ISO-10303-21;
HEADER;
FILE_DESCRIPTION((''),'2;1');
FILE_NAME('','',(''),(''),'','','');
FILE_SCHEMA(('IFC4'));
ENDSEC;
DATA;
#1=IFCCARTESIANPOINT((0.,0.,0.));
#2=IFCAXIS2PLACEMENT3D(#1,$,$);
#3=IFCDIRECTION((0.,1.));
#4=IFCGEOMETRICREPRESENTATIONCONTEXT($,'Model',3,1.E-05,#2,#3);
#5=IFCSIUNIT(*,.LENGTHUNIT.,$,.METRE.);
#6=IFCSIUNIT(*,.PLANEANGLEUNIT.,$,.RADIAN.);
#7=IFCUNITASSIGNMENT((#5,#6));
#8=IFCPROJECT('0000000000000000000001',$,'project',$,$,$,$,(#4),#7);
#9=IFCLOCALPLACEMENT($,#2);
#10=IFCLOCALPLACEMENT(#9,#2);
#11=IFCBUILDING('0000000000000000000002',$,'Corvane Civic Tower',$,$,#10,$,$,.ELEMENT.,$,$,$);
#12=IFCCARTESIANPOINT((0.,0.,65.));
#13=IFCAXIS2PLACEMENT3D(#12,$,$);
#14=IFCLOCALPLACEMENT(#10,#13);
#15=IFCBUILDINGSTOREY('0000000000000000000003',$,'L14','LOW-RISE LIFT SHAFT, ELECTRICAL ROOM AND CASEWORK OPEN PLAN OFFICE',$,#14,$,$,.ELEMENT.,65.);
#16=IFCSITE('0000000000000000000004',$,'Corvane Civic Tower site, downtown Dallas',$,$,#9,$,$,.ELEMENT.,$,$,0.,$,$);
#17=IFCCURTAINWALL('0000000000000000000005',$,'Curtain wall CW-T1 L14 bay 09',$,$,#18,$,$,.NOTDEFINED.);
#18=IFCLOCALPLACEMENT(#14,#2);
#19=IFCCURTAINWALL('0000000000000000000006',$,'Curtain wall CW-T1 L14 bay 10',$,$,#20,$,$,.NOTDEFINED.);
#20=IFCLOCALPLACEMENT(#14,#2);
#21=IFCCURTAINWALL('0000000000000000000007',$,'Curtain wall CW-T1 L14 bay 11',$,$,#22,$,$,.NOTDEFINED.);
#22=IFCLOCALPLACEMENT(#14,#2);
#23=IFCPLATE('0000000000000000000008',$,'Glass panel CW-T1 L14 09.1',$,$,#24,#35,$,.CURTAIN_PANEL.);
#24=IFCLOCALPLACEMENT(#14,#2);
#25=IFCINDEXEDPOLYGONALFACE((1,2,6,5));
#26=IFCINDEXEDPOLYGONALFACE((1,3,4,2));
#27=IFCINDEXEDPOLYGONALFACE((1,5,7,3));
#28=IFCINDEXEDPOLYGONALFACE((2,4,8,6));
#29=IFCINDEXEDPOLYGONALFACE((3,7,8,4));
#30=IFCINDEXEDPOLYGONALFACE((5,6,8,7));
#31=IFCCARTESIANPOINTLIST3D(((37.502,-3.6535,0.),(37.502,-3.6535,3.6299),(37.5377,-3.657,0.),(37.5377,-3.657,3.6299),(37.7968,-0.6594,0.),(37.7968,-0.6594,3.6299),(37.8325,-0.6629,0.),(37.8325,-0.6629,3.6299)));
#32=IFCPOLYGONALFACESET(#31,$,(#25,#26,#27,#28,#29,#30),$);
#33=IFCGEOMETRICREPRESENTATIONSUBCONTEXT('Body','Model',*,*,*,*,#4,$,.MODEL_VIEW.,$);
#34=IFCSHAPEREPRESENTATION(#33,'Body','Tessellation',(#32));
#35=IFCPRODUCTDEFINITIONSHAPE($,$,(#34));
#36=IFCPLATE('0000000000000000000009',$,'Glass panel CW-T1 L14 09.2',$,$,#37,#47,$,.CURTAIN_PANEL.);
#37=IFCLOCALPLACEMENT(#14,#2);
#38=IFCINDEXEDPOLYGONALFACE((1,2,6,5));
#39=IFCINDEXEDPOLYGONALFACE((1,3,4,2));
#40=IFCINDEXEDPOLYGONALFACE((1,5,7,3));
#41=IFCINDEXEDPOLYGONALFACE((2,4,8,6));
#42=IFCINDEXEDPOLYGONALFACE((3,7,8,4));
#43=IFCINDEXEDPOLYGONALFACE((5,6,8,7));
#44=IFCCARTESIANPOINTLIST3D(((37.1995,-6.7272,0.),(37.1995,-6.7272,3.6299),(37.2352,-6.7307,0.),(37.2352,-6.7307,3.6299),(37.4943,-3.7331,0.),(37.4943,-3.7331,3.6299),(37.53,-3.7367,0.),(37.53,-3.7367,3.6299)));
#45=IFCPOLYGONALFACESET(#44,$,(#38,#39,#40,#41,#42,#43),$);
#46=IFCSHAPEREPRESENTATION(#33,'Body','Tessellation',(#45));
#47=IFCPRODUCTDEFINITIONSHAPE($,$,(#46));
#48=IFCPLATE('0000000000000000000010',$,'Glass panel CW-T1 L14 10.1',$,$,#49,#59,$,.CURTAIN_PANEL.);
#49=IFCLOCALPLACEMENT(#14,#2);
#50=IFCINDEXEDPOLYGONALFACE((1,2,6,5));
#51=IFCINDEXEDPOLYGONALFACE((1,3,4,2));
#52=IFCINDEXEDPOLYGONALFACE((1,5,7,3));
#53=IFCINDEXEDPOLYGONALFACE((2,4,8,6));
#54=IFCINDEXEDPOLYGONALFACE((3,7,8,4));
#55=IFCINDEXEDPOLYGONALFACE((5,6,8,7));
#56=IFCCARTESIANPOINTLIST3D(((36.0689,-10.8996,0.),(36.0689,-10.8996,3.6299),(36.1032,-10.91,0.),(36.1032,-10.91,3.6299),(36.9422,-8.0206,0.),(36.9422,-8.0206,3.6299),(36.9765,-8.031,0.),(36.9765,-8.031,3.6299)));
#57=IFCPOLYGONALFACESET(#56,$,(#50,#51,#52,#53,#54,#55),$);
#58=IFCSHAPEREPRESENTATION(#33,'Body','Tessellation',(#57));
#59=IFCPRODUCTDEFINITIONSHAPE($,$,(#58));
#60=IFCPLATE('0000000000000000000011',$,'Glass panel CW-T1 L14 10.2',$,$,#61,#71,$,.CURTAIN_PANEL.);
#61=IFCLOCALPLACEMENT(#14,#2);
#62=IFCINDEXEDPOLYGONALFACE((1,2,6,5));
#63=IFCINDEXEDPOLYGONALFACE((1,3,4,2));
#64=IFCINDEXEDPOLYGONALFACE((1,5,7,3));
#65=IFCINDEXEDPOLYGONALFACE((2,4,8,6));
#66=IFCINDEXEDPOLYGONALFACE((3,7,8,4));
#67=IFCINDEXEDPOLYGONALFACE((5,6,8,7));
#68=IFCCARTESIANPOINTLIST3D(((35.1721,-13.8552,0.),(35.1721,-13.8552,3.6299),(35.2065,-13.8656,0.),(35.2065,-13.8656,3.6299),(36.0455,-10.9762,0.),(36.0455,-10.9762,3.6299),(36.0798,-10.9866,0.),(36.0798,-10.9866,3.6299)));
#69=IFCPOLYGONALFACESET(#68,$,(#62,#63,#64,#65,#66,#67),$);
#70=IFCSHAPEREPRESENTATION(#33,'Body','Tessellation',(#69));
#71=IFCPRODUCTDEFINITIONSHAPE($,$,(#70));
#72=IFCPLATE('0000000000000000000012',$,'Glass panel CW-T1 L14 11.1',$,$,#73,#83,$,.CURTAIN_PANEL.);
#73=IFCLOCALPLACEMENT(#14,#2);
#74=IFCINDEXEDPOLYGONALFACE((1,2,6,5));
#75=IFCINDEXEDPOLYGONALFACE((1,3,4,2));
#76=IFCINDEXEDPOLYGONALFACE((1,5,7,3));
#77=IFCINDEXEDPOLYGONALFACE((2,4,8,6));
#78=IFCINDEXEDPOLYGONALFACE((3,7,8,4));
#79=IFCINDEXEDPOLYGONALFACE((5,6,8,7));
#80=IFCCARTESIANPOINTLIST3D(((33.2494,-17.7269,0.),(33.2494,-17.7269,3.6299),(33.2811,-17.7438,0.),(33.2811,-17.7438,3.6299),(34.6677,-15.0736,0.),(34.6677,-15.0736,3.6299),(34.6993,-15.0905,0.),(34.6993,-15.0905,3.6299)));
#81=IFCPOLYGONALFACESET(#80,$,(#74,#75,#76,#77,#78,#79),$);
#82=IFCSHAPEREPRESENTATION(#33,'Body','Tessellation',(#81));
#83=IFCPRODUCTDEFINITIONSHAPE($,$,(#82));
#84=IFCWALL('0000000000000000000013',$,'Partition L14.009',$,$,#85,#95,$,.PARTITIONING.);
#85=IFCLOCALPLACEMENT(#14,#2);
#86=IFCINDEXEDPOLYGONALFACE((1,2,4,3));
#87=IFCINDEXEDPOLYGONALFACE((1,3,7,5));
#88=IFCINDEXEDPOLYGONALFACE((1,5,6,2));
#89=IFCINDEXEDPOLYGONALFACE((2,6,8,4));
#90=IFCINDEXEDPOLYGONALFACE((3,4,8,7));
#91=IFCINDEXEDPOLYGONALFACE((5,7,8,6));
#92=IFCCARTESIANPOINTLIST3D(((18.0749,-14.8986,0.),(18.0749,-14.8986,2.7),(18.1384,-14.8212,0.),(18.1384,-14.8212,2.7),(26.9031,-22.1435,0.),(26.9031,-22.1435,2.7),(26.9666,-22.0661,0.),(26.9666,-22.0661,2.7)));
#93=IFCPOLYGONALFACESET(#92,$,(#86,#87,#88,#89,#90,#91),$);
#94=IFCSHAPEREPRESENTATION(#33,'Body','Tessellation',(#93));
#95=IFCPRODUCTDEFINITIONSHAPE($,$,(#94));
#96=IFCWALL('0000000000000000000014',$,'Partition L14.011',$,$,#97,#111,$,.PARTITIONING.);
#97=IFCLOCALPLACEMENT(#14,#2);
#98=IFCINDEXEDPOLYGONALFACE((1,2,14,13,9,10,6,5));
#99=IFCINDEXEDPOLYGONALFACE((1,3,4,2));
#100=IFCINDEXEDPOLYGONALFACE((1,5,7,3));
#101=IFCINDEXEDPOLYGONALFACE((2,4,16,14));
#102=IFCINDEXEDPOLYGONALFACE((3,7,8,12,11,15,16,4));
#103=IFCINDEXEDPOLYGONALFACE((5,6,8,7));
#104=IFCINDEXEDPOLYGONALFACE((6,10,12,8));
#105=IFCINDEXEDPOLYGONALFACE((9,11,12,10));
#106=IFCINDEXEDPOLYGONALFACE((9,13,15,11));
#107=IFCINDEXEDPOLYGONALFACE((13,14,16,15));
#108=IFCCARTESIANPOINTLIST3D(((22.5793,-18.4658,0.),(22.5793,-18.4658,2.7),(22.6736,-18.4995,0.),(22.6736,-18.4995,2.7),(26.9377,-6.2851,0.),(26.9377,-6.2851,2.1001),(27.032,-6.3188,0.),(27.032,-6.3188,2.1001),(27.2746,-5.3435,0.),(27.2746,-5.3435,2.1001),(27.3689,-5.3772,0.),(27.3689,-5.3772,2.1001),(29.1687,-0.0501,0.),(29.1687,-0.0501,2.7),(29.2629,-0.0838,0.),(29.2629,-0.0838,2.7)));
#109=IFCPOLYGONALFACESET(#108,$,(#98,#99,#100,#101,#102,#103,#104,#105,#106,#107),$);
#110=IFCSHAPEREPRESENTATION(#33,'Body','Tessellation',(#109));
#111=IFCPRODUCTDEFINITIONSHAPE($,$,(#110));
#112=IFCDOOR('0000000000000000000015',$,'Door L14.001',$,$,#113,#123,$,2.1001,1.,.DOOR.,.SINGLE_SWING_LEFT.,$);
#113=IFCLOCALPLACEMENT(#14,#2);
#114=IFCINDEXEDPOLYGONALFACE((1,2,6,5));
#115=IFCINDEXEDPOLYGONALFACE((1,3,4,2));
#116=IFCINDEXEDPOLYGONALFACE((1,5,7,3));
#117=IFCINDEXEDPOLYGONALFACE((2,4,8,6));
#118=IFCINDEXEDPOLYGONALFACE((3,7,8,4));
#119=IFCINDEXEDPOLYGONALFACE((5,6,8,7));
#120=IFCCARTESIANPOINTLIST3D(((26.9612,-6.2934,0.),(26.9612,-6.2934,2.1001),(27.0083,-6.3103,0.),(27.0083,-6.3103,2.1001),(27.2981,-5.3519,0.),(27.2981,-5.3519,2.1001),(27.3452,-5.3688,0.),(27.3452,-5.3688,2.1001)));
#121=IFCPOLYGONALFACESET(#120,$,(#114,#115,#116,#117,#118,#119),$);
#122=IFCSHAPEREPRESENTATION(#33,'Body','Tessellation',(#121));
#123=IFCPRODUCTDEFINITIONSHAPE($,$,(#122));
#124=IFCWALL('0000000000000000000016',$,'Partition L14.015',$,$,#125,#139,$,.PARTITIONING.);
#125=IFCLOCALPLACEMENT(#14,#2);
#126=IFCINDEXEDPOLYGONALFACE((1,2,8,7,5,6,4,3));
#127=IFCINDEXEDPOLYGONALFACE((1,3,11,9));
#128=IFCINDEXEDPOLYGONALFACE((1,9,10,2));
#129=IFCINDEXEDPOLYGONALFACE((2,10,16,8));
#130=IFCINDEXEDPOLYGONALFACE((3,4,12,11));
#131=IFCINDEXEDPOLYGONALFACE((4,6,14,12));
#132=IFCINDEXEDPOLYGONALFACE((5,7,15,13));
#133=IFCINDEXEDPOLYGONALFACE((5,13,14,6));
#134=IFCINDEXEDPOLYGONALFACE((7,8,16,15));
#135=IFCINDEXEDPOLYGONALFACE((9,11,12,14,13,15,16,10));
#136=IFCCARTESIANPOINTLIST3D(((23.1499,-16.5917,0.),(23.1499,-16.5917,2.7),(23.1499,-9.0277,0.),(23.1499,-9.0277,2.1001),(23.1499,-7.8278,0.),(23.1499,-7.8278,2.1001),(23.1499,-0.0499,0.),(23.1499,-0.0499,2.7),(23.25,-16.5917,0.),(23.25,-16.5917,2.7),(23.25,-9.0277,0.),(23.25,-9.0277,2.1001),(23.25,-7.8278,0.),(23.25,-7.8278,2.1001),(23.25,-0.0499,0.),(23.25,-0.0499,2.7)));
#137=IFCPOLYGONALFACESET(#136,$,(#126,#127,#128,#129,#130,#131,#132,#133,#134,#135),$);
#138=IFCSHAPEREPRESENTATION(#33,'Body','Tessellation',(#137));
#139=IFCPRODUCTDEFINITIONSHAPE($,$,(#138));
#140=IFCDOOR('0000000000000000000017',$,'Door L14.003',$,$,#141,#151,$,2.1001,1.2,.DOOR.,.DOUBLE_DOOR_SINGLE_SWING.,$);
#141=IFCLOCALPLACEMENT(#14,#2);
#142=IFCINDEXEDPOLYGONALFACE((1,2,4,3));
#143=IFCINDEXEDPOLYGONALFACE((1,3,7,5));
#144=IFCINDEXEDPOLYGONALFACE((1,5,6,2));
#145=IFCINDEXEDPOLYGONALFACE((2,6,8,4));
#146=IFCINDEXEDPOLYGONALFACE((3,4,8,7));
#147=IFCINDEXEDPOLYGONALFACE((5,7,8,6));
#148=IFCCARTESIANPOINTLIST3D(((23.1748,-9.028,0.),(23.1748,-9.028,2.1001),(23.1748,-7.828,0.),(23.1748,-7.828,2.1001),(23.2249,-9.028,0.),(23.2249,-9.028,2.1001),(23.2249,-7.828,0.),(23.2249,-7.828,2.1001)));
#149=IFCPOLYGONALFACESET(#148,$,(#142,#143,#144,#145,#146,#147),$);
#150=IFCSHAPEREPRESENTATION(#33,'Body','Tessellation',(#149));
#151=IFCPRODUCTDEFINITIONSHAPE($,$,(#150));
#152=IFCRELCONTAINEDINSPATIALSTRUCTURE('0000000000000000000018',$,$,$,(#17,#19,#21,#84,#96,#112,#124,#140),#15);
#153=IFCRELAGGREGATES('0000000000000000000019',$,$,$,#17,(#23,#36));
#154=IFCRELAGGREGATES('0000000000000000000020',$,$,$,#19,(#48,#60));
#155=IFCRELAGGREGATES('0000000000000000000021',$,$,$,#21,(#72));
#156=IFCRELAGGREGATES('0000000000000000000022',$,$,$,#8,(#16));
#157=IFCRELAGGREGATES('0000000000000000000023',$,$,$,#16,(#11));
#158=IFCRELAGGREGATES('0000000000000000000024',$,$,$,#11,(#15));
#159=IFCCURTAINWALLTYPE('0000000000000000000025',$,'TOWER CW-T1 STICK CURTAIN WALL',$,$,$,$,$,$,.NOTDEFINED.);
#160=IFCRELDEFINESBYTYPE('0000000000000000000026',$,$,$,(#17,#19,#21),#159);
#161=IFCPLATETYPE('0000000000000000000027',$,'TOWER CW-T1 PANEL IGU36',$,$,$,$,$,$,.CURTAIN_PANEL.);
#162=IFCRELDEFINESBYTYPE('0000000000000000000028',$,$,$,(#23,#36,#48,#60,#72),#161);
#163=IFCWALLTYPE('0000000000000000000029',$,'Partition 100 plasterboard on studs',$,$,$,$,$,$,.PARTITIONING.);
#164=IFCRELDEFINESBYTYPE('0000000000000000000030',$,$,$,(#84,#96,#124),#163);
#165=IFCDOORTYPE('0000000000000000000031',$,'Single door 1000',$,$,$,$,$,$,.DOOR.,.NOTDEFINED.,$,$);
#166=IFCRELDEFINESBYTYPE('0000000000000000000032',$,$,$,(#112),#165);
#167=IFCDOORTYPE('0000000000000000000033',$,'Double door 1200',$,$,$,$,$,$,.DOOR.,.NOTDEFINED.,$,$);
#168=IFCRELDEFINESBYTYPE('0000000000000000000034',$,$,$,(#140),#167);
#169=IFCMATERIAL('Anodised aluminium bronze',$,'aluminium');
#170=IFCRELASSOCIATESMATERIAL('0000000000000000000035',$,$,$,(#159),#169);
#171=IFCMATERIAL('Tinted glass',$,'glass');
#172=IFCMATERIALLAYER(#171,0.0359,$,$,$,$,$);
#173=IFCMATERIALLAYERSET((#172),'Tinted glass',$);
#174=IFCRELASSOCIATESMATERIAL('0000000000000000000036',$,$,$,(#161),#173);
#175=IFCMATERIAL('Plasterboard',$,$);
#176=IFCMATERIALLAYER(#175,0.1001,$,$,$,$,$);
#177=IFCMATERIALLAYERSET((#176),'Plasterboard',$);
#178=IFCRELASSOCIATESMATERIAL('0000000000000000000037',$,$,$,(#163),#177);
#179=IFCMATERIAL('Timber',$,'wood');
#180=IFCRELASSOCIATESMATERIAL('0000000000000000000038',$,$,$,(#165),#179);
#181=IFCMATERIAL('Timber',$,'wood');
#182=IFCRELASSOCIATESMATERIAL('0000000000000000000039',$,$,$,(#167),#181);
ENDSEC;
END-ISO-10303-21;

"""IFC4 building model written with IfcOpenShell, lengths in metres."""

from ifc_helpers import new_model, si_unit, direction, frame, frame_2d, origin, origin_2d, place, context, subcontext, project, spatial, rectangle, extrude, material, layer, layer_set, type_object, element, fill, aggregate, save


model = new_model("IFC4")

# Units and contexts
model_context = context("Model", 3, precision=1e-05, world=origin(), true_north=direction((0.0, 1.0)))
body_context = subcontext(model_context, "Body", "Model", "MODEL_VIEW")
ifc_project = project(units=[si_unit("LENGTHUNIT", "METRE"), si_unit("PLANEANGLEUNIT", "RADIAN")], contexts=[model_context])

# Site, building, storey
site_placement = place(None, origin())
site = spatial("IfcSite", under=ifc_project, at=site_placement, Name="Corvane Civic Tower site, downtown Dallas", CompositionType="ELEMENT", RefElevation=0.0)
building_placement = place(site_placement, origin())
building = spatial("IfcBuilding", under=site, at=building_placement, Name="Corvane Civic Tower", CompositionType="ELEMENT")
storey_placement = place(building_placement, frame((0.0, 0.0, 65.0)))
storey = spatial("IfcBuildingStorey", under=building, at=storey_placement, Name="L14", Description="LOW-RISE LIFT SHAFT, ELECTRICAL ROOM AND CASEWORK OPEN PLAN OFFICE", CompositionType="ELEMENT", Elevation=65.0)

# Curtain walls
ifc_material_1 = material(Name="Anodised aluminium bronze", Category="aluminium")
curtain_wall_type = type_object("IfcCurtainWallType", Name="TOWER CW-T1 STICK CURTAIN WALL", PredefinedType="NOTDEFINED", material=ifc_material_1)
curtain_wall_1_placement = place(storey_placement, origin())
curtain_wall_1 = element("IfcCurtainWall", 1, at=curtain_wall_1_placement, inside=storey, type_object=curtain_wall_type, Name="Curtain wall CW-T1 L14 bay 09", PredefinedType="NOTDEFINED")
curtain_wall_2_placement = place(storey_placement, origin())
curtain_wall_2 = element("IfcCurtainWall", 2, at=curtain_wall_2_placement, inside=storey, type_object=curtain_wall_type, Name="Curtain wall CW-T1 L14 bay 10", PredefinedType="NOTDEFINED")
curtain_wall_3_placement = place(storey_placement, origin())
curtain_wall_3 = element("IfcCurtainWall", 3, at=curtain_wall_3_placement, inside=storey, type_object=curtain_wall_type, Name="Curtain wall CW-T1 L14 bay 11", PredefinedType="NOTDEFINED")

# Plates
ifc_material_2 = material(Name="Tinted glass", Category="glass")
ifc_layer_1 = layer(ifc_material_2, 0.0359)
ifc_layer_set_1 = layer_set([ifc_layer_1], Name="Tinted glass")
plate_type = type_object("IfcPlateType", Name="TOWER CW-T1 PANEL IGU36", PredefinedType="CURTAIN_PANEL", material=ifc_layer_set_1)
plate_1_placement = place(storey_placement, frame((37.6672, -2.1582, 0.0), z_axis=(0.0, 0.0, 1.0), x_axis=(-0.098006, -0.995186, 0.0)))
plate_1 = element("IfcPlate", 4, at=plate_1_placement, type_object=plate_type, Name="Glass panel CW-T1 L14 09.1", PredefinedType="CURTAIN_PANEL", context=body_context, shape_type="SweptSolid", body=[
    extrude(rectangle(XDim=3.0085, YDim=0.0359, at=origin_2d()), origin(), (0.0, 0.0, 1.0), 3.6299),
])
plate_2_placement = place(storey_placement, frame((37.3647, -5.2319, 0.0), z_axis=(0.0, 0.0, 1.0), x_axis=(-0.098006, -0.995186, 0.0)))
plate_2 = element("IfcPlate", 5, at=plate_2_placement, type_object=plate_type, Name="Glass panel CW-T1 L14 09.2", PredefinedType="CURTAIN_PANEL", context=body_context, shape_type="SweptSolid", body=[
    extrude(rectangle(XDim=3.0085, YDim=0.0359, at=origin_2d()), origin(), (0.0, 0.0, 1.0), 3.6299),
])
aggregate(curtain_wall_1, [plate_1, plate_2])
plate_3_placement = place(storey_placement, frame((36.5227, -9.4653, 0.0), z_axis=(0.0, 0.0, 1.0), x_axis=(-0.290278, -0.956942, 0.0)))
plate_3 = element("IfcPlate", 6, at=plate_3_placement, type_object=plate_type, Name="Glass panel CW-T1 L14 10.1", PredefinedType="CURTAIN_PANEL", context=body_context, shape_type="SweptSolid", body=[
    extrude(rectangle(XDim=3.0085, YDim=0.0359, at=origin_2d()), origin(), (0.0, 0.0, 1.0), 3.6299),
])
plate_4_placement = place(storey_placement, frame((35.626, -12.4209, 0.0), z_axis=(0.0, 0.0, 1.0), x_axis=(-0.290278, -0.956942, 0.0)))
plate_4 = element("IfcPlate", 7, at=plate_4_placement, type_object=plate_type, Name="Glass panel CW-T1 L14 10.2", PredefinedType="CURTAIN_PANEL", context=body_context, shape_type="SweptSolid", body=[
    extrude(rectangle(XDim=3.0085, YDim=0.0359, at=origin_2d()), origin(), (0.0, 0.0, 1.0), 3.6299),
])
aggregate(curtain_wall_2, [plate_3, plate_4])
plate_5_placement = place(storey_placement, frame((33.9744, -16.4087, 0.0), z_axis=(0.0, 0.0, 1.0), x_axis=(-0.471404, -0.881918, 0.0)))
plate_5 = element("IfcPlate", 8, at=plate_5_placement, type_object=plate_type, Name="Glass panel CW-T1 L14 11.1", PredefinedType="CURTAIN_PANEL", context=body_context, shape_type="SweptSolid", body=[
    extrude(rectangle(XDim=3.0085, YDim=0.0359, at=origin_2d()), origin(), (0.0, 0.0, 1.0), 3.6299),
])
aggregate(curtain_wall_3, [plate_5])

# Wall
ifc_material_3 = material(Name="Plasterboard")
ifc_layer_2 = layer(ifc_material_3, 0.1001)
ifc_layer_set_2 = layer_set([ifc_layer_2], Name="Plasterboard")
wall_type_1 = type_object("IfcWallType", Name="Partition 100 plasterboard on studs", PredefinedType="PARTITIONING", material=ifc_layer_set_2)
wall_1_placement = place(storey_placement, frame((18.1067, -14.8599, 0.0), z_axis=(0.0, 0.0, 1.0), x_axis=(0.773018, -0.634384, 0.0)))
element("IfcWall", 9, at=wall_1_placement, inside=storey, type_object=wall_type_1, Name="Partition L14.009", PredefinedType="PARTITIONING", context=body_context, shape_type="SweptSolid", body=[
    extrude(rectangle(XDim=11.4204, YDim=0.1001, at=frame_2d((5.7102, 0.0))), origin(), (0.0, 0.0, 1.0), 2.7),
])

# Walls, openings, doors
wall_2_placement = place(storey_placement, frame((22.6265, -18.4827, 0.0), z_axis=(0.0, 0.0, 1.0), x_axis=(0.336894, 0.941543, 0.0)))
wall_2 = element("IfcWall", 10, at=wall_2_placement, inside=storey, type_object=wall_type_1, Name="Partition L14.011", PredefinedType="PARTITIONING", context=body_context, shape_type="SweptSolid", body=[
    extrude(rectangle(XDim=19.5591, YDim=0.1001, at=frame_2d((9.7795, 0.0))), origin(), (0.0, 0.0, 1.0), 2.7),
])
opening_1_placement = place(wall_2_placement, frame((12.937, 0.0, 0.0)))
opening_1 = element("IfcOpeningElement", 11, at=opening_1_placement, cuts=wall_2, PredefinedType="OPENING", context=body_context, shape_type="SweptSolid", body=[
    extrude(rectangle(XDim=1.0, YDim=2.1001, at=frame_2d((0.5, 1.05))), frame((0.0, 0.0601, 0.0), z_axis=(0.0, -1.0, 0.0), x_axis=(1.0, 0.0, 0.0)), (0.0, 0.0, 1.0), 0.1201),
])
ifc_material_4 = material(Name="Timber", Category="wood")
door_type_1 = type_object("IfcDoorType", Name="Single door 1000", OperationType="NOTDEFINED", PredefinedType="DOOR", material=ifc_material_4)
door_1_placement = place(opening_1_placement, frame((1.0, 0.0, 0.0), z_axis=(0.0, 0.0, 1.0), x_axis=(-1.0, 0.0, 0.0)))
door_1 = element("IfcDoor", 12, at=door_1_placement, inside=storey, type_object=door_type_1, Name="Door L14.001", OperationType="SINGLE_SWING_LEFT", OverallHeight=2.1001, OverallWidth=1.0, PredefinedType="DOOR", context=body_context, shape_type="SweptSolid", body=[
    extrude(rectangle(XDim=1.0, YDim=2.1001, at=frame_2d((0.5, 1.05))), frame((0.0, 0.0249, 0.0), z_axis=(0.0, -1.0, 0.0), x_axis=(1.0, 0.0, 0.0)), (0.0, 0.0, 1.0), 0.05),
])
fill(opening_1, door_1)
wall_3_placement = place(storey_placement, frame((23.2, -16.5918, 0.0), z_axis=(0.0, 0.0, 1.0), x_axis=(0.0, 1.0, 0.0)))
wall_3 = element("IfcWall", 13, at=wall_3_placement, inside=storey, type_object=wall_type_1, Name="Partition L14.015", PredefinedType="PARTITIONING", context=body_context, shape_type="SweptSolid", body=[
    extrude(rectangle(XDim=16.5417, YDim=0.1001, at=frame_2d((8.271, 0.0))), origin(), (0.0, 0.0, 1.0), 2.7),
])
opening_2_placement = place(wall_3_placement, frame((7.564, 0.0, 0.0)))
opening_2 = element("IfcOpeningElement", 14, at=opening_2_placement, cuts=wall_3, PredefinedType="OPENING", context=body_context, shape_type="SweptSolid", body=[
    extrude(rectangle(XDim=1.2, YDim=2.1001, at=frame_2d((0.6001, 1.05))), frame((0.0, 0.0601, 0.0), z_axis=(0.0, -1.0, 0.0), x_axis=(1.0, 0.0, 0.0)), (0.0, 0.0, 1.0), 0.1201),
])
ifc_material_5 = material(Name="Timber", Category="wood")
door_type_2 = type_object("IfcDoorType", Name="Double door 1200", OperationType="NOTDEFINED", PredefinedType="DOOR", material=ifc_material_5)
door_2_placement = place(opening_2_placement, frame((1.2, 0.0, 0.0), z_axis=(0.0, 0.0, 1.0), x_axis=(-1.0, 0.0, 0.0)))
door_2 = element("IfcDoor", 15, at=door_2_placement, inside=storey, type_object=door_type_2, Name="Door L14.003", OperationType="DOUBLE_DOOR_SINGLE_SWING", OverallHeight=2.1001, OverallWidth=1.2, PredefinedType="DOOR", context=body_context, shape_type="SweptSolid", body=[
    extrude(rectangle(XDim=1.2, YDim=2.1001, at=frame_2d((0.6001, 1.05))), frame((0.0, 0.0249, 0.0), z_axis=(0.0, -1.0, 0.0), x_axis=(1.0, 0.0, 0.0)), (0.0, 0.0, 1.0), 0.05),
])
fill(opening_2, door_2)

save(model, "model.ifc")
